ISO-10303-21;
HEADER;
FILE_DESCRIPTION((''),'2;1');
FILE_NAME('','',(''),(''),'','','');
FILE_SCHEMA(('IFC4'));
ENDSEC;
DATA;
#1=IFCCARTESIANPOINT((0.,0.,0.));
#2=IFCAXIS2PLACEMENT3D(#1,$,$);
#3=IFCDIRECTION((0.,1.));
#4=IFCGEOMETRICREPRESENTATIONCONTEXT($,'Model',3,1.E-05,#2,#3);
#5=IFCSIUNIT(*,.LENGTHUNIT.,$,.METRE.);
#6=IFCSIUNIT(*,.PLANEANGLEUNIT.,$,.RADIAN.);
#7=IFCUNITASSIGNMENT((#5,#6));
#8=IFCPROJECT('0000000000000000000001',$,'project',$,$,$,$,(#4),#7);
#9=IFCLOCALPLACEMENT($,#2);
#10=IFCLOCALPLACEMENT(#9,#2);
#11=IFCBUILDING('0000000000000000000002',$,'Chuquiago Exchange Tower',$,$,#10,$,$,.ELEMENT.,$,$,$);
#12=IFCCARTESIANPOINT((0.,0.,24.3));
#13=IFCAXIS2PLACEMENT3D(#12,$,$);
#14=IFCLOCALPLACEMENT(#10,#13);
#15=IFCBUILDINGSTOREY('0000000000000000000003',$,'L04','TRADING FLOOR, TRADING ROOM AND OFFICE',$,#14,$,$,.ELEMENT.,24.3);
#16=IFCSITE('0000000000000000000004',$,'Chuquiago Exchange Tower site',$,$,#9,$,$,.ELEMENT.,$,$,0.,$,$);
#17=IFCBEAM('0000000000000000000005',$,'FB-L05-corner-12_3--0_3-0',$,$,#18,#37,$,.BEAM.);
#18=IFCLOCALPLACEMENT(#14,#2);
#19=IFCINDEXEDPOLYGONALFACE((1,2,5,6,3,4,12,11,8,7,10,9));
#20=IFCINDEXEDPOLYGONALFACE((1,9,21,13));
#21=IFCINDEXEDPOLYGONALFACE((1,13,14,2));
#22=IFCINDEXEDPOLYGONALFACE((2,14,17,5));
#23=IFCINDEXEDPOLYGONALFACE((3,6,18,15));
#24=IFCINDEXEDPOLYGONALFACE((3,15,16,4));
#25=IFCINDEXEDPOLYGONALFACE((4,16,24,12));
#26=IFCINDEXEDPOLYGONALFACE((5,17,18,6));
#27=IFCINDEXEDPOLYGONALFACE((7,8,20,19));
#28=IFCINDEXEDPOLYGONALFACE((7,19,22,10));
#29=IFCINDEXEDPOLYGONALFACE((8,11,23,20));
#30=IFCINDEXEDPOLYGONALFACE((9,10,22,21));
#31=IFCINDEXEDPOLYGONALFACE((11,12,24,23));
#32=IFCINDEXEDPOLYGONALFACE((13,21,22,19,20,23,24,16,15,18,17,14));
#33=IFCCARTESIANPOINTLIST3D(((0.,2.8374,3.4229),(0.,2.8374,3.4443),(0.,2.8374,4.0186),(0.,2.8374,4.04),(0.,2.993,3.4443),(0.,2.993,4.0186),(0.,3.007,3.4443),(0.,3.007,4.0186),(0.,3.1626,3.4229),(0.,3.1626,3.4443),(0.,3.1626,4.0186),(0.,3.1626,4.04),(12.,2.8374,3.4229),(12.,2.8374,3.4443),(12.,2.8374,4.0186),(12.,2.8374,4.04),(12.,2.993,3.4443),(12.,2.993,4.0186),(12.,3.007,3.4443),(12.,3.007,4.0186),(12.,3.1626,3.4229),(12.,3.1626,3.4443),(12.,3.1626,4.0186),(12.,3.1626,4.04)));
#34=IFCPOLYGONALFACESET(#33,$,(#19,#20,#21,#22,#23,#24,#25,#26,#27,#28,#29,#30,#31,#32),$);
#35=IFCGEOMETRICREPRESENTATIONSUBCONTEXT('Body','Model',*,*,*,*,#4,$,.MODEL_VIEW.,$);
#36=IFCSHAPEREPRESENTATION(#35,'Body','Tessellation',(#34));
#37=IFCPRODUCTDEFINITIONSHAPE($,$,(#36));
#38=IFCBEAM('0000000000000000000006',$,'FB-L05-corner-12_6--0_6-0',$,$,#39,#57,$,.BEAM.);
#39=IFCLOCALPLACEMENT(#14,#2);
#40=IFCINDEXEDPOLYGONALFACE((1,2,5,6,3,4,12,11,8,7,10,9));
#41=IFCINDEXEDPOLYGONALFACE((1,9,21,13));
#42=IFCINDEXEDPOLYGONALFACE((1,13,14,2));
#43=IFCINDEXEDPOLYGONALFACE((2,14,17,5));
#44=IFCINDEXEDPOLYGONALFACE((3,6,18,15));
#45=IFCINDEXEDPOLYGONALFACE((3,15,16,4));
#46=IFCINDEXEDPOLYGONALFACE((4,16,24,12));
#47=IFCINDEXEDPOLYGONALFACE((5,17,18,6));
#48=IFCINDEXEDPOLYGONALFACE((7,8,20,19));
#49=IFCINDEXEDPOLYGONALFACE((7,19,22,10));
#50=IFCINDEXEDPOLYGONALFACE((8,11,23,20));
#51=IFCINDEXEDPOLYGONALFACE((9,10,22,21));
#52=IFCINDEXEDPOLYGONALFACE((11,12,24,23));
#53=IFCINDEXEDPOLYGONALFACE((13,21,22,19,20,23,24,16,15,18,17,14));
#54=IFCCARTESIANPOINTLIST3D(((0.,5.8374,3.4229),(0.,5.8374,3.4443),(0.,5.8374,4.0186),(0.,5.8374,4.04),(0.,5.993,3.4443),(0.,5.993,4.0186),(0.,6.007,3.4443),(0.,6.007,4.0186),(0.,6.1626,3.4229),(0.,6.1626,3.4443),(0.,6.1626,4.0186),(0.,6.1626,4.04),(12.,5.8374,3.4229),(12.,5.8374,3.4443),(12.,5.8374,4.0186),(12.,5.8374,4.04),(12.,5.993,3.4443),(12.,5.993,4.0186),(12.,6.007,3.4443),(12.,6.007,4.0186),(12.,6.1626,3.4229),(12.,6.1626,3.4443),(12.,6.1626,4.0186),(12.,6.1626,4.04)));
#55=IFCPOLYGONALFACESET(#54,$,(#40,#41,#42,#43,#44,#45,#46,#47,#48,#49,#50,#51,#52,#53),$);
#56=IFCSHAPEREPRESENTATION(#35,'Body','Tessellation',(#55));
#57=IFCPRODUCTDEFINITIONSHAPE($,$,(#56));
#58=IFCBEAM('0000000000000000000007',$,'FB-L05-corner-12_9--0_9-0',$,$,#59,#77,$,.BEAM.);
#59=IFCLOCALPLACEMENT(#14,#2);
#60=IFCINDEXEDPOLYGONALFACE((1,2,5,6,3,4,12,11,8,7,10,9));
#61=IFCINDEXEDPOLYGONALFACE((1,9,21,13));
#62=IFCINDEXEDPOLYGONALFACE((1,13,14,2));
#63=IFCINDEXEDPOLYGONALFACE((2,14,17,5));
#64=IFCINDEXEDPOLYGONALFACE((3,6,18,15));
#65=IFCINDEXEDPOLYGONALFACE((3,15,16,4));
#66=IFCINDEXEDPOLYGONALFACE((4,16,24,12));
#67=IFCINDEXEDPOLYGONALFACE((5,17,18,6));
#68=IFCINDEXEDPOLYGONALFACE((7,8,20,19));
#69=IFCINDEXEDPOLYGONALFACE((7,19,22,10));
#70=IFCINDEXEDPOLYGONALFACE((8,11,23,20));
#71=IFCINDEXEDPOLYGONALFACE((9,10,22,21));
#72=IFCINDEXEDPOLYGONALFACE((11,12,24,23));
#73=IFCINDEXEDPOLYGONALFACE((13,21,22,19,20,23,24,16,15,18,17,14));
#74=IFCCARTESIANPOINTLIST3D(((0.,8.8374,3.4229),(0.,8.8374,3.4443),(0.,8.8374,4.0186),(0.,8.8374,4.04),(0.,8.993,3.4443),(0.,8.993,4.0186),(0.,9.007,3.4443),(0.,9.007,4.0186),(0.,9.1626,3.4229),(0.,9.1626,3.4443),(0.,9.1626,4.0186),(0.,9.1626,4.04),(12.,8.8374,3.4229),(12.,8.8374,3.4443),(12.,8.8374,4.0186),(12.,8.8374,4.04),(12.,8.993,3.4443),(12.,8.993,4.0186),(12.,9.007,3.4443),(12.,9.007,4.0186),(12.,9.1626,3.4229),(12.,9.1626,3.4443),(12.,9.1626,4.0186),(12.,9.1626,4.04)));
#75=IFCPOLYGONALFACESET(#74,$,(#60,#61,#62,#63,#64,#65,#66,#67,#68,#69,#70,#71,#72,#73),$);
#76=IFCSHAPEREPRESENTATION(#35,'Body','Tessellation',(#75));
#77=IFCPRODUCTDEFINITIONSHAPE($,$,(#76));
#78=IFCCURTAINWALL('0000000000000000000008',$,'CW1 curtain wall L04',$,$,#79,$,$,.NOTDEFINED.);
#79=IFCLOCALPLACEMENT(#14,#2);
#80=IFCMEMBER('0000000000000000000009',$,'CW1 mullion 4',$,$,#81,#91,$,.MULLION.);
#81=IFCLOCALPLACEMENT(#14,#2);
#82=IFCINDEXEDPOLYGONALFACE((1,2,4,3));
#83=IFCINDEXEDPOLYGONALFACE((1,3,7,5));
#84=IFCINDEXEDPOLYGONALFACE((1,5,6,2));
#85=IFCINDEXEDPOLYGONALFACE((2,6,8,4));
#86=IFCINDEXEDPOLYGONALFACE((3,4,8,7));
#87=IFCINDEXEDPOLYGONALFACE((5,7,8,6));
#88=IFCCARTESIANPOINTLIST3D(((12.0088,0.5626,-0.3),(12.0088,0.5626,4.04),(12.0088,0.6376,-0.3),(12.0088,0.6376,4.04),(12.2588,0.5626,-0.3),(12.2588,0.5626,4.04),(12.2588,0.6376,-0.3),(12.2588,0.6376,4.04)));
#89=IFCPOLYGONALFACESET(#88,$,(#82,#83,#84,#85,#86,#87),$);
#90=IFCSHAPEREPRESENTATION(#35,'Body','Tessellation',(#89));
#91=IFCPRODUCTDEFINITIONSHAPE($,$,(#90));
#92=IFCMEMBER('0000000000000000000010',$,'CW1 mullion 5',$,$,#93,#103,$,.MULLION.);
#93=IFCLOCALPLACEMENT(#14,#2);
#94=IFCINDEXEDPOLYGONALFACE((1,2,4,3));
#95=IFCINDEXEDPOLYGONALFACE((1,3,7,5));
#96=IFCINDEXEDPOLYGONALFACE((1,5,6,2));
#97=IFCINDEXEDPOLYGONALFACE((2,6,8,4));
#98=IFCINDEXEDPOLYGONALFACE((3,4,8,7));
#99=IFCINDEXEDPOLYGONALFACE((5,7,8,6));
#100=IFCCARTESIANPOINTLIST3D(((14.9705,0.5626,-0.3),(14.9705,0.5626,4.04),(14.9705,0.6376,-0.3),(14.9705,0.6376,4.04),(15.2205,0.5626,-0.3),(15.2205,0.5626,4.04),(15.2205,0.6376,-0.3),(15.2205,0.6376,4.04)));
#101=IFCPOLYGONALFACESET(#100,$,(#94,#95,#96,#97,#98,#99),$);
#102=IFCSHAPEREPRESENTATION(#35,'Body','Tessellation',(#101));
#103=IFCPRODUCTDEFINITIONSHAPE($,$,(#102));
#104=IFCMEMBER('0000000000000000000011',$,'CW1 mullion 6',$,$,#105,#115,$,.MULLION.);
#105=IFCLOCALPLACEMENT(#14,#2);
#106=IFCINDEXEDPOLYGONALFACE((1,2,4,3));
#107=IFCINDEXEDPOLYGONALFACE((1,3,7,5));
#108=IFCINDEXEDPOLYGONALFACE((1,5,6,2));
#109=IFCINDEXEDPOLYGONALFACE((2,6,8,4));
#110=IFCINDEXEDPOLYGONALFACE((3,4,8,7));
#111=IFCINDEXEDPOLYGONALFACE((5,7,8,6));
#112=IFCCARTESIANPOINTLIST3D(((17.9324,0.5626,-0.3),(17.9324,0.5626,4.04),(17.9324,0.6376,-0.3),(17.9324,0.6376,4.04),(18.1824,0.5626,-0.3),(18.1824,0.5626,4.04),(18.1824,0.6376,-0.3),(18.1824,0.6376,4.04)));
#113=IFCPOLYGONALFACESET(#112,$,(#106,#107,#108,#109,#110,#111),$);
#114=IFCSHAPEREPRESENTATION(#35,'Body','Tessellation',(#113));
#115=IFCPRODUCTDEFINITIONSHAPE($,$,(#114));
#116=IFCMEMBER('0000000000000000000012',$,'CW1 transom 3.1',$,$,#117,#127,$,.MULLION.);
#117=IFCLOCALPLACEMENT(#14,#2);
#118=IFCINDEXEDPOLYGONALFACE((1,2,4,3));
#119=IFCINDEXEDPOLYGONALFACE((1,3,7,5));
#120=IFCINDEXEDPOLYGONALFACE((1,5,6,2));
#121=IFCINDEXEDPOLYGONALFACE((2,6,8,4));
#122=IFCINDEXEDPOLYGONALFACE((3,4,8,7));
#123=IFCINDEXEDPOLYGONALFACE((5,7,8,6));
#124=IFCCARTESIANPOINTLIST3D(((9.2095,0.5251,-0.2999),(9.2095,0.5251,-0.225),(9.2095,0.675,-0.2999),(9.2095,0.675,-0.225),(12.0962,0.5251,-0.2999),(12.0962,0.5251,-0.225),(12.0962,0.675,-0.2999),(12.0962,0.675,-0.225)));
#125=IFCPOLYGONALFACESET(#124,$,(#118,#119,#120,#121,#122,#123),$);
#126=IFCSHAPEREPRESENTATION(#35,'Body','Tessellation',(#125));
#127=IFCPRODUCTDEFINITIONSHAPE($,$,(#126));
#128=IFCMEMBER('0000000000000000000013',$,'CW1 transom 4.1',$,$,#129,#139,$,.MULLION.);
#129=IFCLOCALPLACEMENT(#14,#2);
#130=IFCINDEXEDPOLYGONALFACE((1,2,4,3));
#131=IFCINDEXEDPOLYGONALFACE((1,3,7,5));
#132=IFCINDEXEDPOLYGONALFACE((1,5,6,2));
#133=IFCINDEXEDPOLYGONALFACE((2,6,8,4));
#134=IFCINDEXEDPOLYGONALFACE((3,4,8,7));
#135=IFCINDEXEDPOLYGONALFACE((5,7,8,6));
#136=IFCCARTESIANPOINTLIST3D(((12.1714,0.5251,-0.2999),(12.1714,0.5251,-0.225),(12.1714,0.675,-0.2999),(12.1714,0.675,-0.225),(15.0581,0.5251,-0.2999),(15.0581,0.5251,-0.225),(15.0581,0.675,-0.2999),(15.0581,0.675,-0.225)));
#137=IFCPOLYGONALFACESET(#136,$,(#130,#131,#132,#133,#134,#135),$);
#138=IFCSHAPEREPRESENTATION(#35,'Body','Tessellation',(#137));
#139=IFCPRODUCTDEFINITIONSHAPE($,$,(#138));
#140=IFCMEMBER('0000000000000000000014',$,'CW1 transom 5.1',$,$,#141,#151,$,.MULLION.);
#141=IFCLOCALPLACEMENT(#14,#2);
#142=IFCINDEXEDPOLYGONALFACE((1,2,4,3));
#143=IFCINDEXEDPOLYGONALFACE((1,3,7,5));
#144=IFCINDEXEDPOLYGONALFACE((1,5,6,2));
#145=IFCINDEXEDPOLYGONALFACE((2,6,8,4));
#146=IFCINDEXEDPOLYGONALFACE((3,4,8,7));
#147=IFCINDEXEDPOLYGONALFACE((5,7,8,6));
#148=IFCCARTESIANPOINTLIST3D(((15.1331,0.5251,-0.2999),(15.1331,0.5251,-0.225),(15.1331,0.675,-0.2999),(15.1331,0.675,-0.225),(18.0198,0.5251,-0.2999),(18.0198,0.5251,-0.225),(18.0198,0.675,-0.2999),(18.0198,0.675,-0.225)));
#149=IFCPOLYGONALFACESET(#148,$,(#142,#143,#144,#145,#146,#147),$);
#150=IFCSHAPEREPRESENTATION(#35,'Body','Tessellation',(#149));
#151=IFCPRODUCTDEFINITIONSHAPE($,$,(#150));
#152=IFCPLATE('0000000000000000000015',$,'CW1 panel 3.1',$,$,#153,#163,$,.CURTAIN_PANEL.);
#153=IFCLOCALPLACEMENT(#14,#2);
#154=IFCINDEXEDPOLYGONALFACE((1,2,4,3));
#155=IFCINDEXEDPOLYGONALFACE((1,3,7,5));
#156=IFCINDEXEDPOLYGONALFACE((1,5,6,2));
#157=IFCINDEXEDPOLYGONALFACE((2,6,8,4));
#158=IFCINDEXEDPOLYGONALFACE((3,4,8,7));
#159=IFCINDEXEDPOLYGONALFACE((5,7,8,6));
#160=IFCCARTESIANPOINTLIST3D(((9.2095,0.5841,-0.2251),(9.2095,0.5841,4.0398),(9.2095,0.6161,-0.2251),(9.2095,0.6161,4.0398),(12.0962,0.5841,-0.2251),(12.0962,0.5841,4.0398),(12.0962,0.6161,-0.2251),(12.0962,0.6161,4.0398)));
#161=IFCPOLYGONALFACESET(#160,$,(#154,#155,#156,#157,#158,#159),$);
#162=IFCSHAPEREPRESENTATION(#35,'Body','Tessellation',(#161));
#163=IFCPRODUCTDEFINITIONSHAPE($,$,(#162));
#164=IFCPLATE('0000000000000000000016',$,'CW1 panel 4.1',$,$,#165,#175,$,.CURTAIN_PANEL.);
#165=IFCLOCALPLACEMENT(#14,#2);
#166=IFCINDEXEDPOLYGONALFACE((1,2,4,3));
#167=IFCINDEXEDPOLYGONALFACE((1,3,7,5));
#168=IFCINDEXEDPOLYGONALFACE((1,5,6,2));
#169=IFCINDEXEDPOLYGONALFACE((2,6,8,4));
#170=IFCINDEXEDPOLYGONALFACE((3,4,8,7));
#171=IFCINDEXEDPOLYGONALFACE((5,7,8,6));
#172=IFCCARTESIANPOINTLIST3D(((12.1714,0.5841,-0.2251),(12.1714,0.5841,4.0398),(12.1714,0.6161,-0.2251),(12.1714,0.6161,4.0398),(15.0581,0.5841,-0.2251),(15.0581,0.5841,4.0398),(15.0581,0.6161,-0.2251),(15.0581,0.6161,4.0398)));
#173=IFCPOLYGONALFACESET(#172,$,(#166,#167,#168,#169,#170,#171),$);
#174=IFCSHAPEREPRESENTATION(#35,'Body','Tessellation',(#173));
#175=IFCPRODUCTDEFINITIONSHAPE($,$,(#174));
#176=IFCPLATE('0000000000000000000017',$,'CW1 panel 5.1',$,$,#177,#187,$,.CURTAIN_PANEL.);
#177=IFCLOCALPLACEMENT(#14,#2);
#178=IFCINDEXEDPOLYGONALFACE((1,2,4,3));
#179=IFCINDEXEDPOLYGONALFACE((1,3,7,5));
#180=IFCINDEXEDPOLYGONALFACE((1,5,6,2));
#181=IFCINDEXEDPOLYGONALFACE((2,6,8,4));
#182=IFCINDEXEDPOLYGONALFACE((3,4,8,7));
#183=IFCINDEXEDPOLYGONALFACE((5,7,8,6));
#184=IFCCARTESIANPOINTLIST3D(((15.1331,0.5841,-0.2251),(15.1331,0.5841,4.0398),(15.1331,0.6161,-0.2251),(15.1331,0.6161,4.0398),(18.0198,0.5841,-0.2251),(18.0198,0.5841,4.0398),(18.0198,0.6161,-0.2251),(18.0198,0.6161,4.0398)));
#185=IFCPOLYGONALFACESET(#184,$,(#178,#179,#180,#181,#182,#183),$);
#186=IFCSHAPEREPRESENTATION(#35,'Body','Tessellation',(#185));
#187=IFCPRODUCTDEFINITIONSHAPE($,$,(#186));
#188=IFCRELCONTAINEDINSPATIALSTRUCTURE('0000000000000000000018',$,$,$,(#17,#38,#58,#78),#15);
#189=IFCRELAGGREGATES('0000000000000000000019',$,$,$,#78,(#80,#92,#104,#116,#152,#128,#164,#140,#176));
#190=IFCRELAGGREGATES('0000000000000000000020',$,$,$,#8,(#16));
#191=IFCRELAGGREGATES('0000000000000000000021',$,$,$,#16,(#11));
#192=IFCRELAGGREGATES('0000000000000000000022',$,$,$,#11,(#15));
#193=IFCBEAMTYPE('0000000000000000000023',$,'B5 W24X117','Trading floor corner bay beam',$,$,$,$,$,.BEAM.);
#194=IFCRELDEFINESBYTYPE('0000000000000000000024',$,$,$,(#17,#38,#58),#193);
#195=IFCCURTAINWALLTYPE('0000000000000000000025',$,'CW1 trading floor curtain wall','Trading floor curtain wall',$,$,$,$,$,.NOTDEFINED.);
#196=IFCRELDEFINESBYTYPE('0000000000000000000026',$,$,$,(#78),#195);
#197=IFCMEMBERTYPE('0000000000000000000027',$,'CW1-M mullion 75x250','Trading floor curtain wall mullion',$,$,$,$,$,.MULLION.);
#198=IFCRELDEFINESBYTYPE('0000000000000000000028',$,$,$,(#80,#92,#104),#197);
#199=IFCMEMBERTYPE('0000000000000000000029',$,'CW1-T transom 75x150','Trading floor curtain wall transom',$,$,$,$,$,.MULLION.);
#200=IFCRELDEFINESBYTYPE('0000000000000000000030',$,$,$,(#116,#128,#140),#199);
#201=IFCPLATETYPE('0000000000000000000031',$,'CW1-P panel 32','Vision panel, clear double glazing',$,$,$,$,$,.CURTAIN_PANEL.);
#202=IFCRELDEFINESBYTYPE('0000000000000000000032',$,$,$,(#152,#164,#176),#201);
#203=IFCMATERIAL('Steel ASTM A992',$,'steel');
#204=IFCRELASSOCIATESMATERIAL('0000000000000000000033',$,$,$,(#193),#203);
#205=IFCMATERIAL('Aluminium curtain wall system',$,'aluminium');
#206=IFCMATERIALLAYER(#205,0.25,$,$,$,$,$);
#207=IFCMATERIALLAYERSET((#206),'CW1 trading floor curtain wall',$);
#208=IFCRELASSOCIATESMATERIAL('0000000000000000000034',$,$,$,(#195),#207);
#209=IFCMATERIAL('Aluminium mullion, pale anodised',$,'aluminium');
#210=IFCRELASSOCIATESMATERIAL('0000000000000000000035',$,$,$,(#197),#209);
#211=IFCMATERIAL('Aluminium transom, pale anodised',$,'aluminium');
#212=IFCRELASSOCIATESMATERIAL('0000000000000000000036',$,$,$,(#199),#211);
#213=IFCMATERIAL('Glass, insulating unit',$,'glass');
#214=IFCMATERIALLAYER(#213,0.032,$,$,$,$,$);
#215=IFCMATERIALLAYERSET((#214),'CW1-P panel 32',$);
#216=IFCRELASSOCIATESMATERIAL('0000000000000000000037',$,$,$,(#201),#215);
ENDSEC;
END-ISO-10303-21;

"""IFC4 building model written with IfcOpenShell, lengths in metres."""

from ifc_helpers import new_model, si_unit, direction, frame, origin, origin_2d, place, context, subcontext, project, spatial, rectangle, i_section, extrude, material, layer, layer_set, material_profile, profile_set, type_object, element, aggregate, save


model = new_model("IFC4")

# Units and contexts
model_context = context("Model", 3, precision=1e-05, world=origin(), true_north=direction((0.0, 1.0)))
body_context = subcontext(model_context, "Body", "Model", "MODEL_VIEW")
ifc_project = project(units=[si_unit("LENGTHUNIT", "METRE"), si_unit("PLANEANGLEUNIT", "RADIAN")], contexts=[model_context])

# Site, building, storey
site_placement = place(None, origin())
site = spatial("IfcSite", under=ifc_project, at=site_placement, Name="Chuquiago Exchange Tower site", CompositionType="ELEMENT", RefElevation=0.0)
building_placement = place(site_placement, origin())
building = spatial("IfcBuilding", under=site, at=building_placement, Name="Chuquiago Exchange Tower", CompositionType="ELEMENT")
storey_placement = place(building_placement, frame((0.0, 0.0, 24.3)))
storey = spatial("IfcBuildingStorey", under=building, at=storey_placement, Name="L04", Description="TRADING FLOOR, TRADING ROOM AND OFFICE", CompositionType="ELEMENT", Elevation=24.3)

# Beams
ifc_material_1 = material(Name="Steel ASTM A992", Category="steel")
ifc_material_profile_1 = material_profile(ifc_material_1, i_section(OverallWidth=0.3252, OverallDepth=0.6172, WebThickness=0.0139, FlangeThickness=0.0215, at=origin_2d()), Name="W24X117")
ifc_profile_set_1 = profile_set([ifc_material_profile_1], Name="Steel ASTM A992")
beam_type = type_object("IfcBeamType", Name="B5 W24X117", Description="Trading floor corner bay beam", PredefinedType="BEAM", material=ifc_profile_set_1)
for number, where, z_axis, x_axis, name in (
    (1, (12.0, 3.0, 3.7314), (-1.0, 0.0, 0.0), (0.0, -1.0, 0.0), "FB-L05-corner-12_3--0_3-0"),
    (2, (12.0, 6.0, 3.7314), (-1.0, 0.0, 0.0), (0.0, -1.0, 0.0), "FB-L05-corner-12_6--0_6-0"),
    (3, (12.0, 9.0, 3.7314), (-1.0, 0.0, 0.0), (0.0, -1.0, 0.0), "FB-L05-corner-12_9--0_9-0"),
):
    element("IfcBeam", number, at=place(storey_placement, frame(where, z_axis=z_axis, x_axis=x_axis)), inside=storey, type_object=beam_type, Name=name, PredefinedType="BEAM", context=body_context, shape_type="SweptSolid", body=[
        extrude(i_section(OverallWidth=0.3252, OverallDepth=0.6172, WebThickness=0.0139, FlangeThickness=0.0215, at=origin_2d()), origin(), (0.0, 0.0, 1.0), 12.0),
    ])

# Curtain wall, members, plates
ifc_material_2 = material(Name="Aluminium curtain wall system", Category="aluminium")
ifc_layer_1 = layer(ifc_material_2, 0.25)
ifc_layer_set_1 = layer_set([ifc_layer_1], Name="CW1 trading floor curtain wall")
curtain_wall_type = type_object("IfcCurtainWallType", Name="CW1 trading floor curtain wall", Description="Trading floor curtain wall", PredefinedType="NOTDEFINED", material=ifc_layer_set_1)
curtain_wall_placement = place(storey_placement, origin())
curtain_wall = element("IfcCurtainWall", 4, at=curtain_wall_placement, inside=storey, type_object=curtain_wall_type, Name="CW1 curtain wall L04", PredefinedType="NOTDEFINED")
ifc_material_3 = material(Name="Aluminium mullion, pale anodised", Category="aluminium")
ifc_material_profile_2 = material_profile(ifc_material_3, rectangle(XDim=0.075, YDim=0.25, at=origin_2d()), Name="AL 75x250")
ifc_profile_set_2 = profile_set([ifc_material_profile_2], Name="Aluminium mullion, pale anodised")
member_type_1 = type_object("IfcMemberType", Name="CW1-M mullion 75x250", Description="Trading floor curtain wall mullion", PredefinedType="MULLION", material=ifc_profile_set_2)
member_1_placement = place(storey_placement, frame((12.1338, 0.6001, -0.3), z_axis=(0.0, 0.0, 1.0), x_axis=(0.0, 1.0, 0.0)))
member_1 = element("IfcMember", 5, at=member_1_placement, type_object=member_type_1, Name="CW1 mullion 4", PredefinedType="MULLION", context=body_context, shape_type="SweptSolid", body=[
    extrude(rectangle(XDim=0.075, YDim=0.25, at=origin_2d()), origin(), (0.0, 0.0, 1.0), 4.3401),
])
member_2_placement = place(storey_placement, frame((15.0955, 0.6001, -0.3), z_axis=(0.0, 0.0, 1.0), x_axis=(0.0, 1.0, 0.0)))
member_2 = element("IfcMember", 6, at=member_2_placement, type_object=member_type_1, Name="CW1 mullion 5", PredefinedType="MULLION", context=body_context, shape_type="SweptSolid", body=[
    extrude(rectangle(XDim=0.075, YDim=0.25, at=origin_2d()), origin(), (0.0, 0.0, 1.0), 4.3401),
])
member_3_placement = place(storey_placement, frame((18.0574, 0.6001, -0.3), z_axis=(0.0, 0.0, 1.0), x_axis=(0.0, 1.0, 0.0)))
member_3 = element("IfcMember", 7, at=member_3_placement, type_object=member_type_1, Name="CW1 mullion 6", PredefinedType="MULLION", context=body_context, shape_type="SweptSolid", body=[
    extrude(rectangle(XDim=0.075, YDim=0.25, at=origin_2d()), origin(), (0.0, 0.0, 1.0), 4.3401),
])
ifc_material_4 = material(Name="Aluminium transom, pale anodised", Category="aluminium")
ifc_material_profile_3 = material_profile(ifc_material_4, rectangle(XDim=0.1499, YDim=0.075, at=origin_2d()), Name="AL 150x75")
ifc_profile_set_3 = profile_set([ifc_material_profile_3], Name="Aluminium transom, pale anodised")
member_type_2 = type_object("IfcMemberType", Name="CW1-T transom 75x150", Description="Trading floor curtain wall transom", PredefinedType="MULLION", material=ifc_profile_set_3)
member_4_placement = place(storey_placement, frame((9.2095, 0.6001, -0.2625), z_axis=(1.0, 0.0, 0.0), x_axis=(0.0, 1.0, 0.0)))
member_4 = element("IfcMember", 8, at=member_4_placement, type_object=member_type_2, Name="CW1 transom 3.1", PredefinedType="MULLION", context=body_context, shape_type="SweptSolid", body=[
    extrude(rectangle(XDim=0.1499, YDim=0.075, at=origin_2d()), origin(), (0.0, 0.0, 1.0), 2.8867),
])
member_5_placement = place(storey_placement, frame((12.1714, 0.6001, -0.2625), z_axis=(1.0, 0.0, 0.0), x_axis=(0.0, 1.0, 0.0)))
member_5 = element("IfcMember", 9, at=member_5_placement, type_object=member_type_2, Name="CW1 transom 4.1", PredefinedType="MULLION", context=body_context, shape_type="SweptSolid", body=[
    extrude(rectangle(XDim=0.1499, YDim=0.075, at=origin_2d()), origin(), (0.0, 0.0, 1.0), 2.8867),
])
member_6_placement = place(storey_placement, frame((15.1331, 0.6001, -0.2625), z_axis=(1.0, 0.0, 0.0), x_axis=(0.0, 1.0, 0.0)))
member_6 = element("IfcMember", 10, at=member_6_placement, type_object=member_type_2, Name="CW1 transom 5.1", PredefinedType="MULLION", context=body_context, shape_type="SweptSolid", body=[
    extrude(rectangle(XDim=0.1499, YDim=0.075, at=origin_2d()), origin(), (0.0, 0.0, 1.0), 2.8867),
])
ifc_material_5 = material(Name="Glass, insulating unit", Category="glass")
ifc_layer_2 = layer(ifc_material_5, 0.032)
ifc_layer_set_2 = layer_set([ifc_layer_2], Name="CW1-P panel 32")
plate_type = type_object("IfcPlateType", Name="CW1-P panel 32", Description="Vision panel, clear double glazing", PredefinedType="CURTAIN_PANEL", material=ifc_layer_set_2)
plate_1_placement = place(storey_placement, frame((10.6528, 0.6001, -0.2251), z_axis=(0.0, 0.0, 1.0), x_axis=(1.0, 0.0, 0.0)))
plate_1 = element("IfcPlate", 11, at=plate_1_placement, type_object=plate_type, Name="CW1 panel 3.1", PredefinedType="CURTAIN_PANEL", context=body_context, shape_type="SweptSolid", body=[
    extrude(rectangle(XDim=2.8867, YDim=0.032, at=origin_2d()), origin(), (0.0, 0.0, 1.0), 4.2649),
])
plate_2_placement = place(storey_placement, frame((13.6147, 0.6001, -0.2251), z_axis=(0.0, 0.0, 1.0), x_axis=(1.0, 0.0, 0.0)))
plate_2 = element("IfcPlate", 12, at=plate_2_placement, type_object=plate_type, Name="CW1 panel 4.1", PredefinedType="CURTAIN_PANEL", context=body_context, shape_type="SweptSolid", body=[
    extrude(rectangle(XDim=2.8867, YDim=0.032, at=origin_2d()), origin(), (0.0, 0.0, 1.0), 4.2649),
])
plate_3_placement = place(storey_placement, frame((16.5764, 0.6001, -0.2251), z_axis=(0.0, 0.0, 1.0), x_axis=(1.0, 0.0, 0.0)))
plate_3 = element("IfcPlate", 13, at=plate_3_placement, type_object=plate_type, Name="CW1 panel 5.1", PredefinedType="CURTAIN_PANEL", context=body_context, shape_type="SweptSolid", body=[
    extrude(rectangle(XDim=2.8867, YDim=0.032, at=origin_2d()), origin(), (0.0, 0.0, 1.0), 4.2649),
])
aggregate(curtain_wall, [member_1, member_2, member_3, member_4, plate_1, member_5, plate_2, member_6, plate_3])

save(model, "model.ifc")
